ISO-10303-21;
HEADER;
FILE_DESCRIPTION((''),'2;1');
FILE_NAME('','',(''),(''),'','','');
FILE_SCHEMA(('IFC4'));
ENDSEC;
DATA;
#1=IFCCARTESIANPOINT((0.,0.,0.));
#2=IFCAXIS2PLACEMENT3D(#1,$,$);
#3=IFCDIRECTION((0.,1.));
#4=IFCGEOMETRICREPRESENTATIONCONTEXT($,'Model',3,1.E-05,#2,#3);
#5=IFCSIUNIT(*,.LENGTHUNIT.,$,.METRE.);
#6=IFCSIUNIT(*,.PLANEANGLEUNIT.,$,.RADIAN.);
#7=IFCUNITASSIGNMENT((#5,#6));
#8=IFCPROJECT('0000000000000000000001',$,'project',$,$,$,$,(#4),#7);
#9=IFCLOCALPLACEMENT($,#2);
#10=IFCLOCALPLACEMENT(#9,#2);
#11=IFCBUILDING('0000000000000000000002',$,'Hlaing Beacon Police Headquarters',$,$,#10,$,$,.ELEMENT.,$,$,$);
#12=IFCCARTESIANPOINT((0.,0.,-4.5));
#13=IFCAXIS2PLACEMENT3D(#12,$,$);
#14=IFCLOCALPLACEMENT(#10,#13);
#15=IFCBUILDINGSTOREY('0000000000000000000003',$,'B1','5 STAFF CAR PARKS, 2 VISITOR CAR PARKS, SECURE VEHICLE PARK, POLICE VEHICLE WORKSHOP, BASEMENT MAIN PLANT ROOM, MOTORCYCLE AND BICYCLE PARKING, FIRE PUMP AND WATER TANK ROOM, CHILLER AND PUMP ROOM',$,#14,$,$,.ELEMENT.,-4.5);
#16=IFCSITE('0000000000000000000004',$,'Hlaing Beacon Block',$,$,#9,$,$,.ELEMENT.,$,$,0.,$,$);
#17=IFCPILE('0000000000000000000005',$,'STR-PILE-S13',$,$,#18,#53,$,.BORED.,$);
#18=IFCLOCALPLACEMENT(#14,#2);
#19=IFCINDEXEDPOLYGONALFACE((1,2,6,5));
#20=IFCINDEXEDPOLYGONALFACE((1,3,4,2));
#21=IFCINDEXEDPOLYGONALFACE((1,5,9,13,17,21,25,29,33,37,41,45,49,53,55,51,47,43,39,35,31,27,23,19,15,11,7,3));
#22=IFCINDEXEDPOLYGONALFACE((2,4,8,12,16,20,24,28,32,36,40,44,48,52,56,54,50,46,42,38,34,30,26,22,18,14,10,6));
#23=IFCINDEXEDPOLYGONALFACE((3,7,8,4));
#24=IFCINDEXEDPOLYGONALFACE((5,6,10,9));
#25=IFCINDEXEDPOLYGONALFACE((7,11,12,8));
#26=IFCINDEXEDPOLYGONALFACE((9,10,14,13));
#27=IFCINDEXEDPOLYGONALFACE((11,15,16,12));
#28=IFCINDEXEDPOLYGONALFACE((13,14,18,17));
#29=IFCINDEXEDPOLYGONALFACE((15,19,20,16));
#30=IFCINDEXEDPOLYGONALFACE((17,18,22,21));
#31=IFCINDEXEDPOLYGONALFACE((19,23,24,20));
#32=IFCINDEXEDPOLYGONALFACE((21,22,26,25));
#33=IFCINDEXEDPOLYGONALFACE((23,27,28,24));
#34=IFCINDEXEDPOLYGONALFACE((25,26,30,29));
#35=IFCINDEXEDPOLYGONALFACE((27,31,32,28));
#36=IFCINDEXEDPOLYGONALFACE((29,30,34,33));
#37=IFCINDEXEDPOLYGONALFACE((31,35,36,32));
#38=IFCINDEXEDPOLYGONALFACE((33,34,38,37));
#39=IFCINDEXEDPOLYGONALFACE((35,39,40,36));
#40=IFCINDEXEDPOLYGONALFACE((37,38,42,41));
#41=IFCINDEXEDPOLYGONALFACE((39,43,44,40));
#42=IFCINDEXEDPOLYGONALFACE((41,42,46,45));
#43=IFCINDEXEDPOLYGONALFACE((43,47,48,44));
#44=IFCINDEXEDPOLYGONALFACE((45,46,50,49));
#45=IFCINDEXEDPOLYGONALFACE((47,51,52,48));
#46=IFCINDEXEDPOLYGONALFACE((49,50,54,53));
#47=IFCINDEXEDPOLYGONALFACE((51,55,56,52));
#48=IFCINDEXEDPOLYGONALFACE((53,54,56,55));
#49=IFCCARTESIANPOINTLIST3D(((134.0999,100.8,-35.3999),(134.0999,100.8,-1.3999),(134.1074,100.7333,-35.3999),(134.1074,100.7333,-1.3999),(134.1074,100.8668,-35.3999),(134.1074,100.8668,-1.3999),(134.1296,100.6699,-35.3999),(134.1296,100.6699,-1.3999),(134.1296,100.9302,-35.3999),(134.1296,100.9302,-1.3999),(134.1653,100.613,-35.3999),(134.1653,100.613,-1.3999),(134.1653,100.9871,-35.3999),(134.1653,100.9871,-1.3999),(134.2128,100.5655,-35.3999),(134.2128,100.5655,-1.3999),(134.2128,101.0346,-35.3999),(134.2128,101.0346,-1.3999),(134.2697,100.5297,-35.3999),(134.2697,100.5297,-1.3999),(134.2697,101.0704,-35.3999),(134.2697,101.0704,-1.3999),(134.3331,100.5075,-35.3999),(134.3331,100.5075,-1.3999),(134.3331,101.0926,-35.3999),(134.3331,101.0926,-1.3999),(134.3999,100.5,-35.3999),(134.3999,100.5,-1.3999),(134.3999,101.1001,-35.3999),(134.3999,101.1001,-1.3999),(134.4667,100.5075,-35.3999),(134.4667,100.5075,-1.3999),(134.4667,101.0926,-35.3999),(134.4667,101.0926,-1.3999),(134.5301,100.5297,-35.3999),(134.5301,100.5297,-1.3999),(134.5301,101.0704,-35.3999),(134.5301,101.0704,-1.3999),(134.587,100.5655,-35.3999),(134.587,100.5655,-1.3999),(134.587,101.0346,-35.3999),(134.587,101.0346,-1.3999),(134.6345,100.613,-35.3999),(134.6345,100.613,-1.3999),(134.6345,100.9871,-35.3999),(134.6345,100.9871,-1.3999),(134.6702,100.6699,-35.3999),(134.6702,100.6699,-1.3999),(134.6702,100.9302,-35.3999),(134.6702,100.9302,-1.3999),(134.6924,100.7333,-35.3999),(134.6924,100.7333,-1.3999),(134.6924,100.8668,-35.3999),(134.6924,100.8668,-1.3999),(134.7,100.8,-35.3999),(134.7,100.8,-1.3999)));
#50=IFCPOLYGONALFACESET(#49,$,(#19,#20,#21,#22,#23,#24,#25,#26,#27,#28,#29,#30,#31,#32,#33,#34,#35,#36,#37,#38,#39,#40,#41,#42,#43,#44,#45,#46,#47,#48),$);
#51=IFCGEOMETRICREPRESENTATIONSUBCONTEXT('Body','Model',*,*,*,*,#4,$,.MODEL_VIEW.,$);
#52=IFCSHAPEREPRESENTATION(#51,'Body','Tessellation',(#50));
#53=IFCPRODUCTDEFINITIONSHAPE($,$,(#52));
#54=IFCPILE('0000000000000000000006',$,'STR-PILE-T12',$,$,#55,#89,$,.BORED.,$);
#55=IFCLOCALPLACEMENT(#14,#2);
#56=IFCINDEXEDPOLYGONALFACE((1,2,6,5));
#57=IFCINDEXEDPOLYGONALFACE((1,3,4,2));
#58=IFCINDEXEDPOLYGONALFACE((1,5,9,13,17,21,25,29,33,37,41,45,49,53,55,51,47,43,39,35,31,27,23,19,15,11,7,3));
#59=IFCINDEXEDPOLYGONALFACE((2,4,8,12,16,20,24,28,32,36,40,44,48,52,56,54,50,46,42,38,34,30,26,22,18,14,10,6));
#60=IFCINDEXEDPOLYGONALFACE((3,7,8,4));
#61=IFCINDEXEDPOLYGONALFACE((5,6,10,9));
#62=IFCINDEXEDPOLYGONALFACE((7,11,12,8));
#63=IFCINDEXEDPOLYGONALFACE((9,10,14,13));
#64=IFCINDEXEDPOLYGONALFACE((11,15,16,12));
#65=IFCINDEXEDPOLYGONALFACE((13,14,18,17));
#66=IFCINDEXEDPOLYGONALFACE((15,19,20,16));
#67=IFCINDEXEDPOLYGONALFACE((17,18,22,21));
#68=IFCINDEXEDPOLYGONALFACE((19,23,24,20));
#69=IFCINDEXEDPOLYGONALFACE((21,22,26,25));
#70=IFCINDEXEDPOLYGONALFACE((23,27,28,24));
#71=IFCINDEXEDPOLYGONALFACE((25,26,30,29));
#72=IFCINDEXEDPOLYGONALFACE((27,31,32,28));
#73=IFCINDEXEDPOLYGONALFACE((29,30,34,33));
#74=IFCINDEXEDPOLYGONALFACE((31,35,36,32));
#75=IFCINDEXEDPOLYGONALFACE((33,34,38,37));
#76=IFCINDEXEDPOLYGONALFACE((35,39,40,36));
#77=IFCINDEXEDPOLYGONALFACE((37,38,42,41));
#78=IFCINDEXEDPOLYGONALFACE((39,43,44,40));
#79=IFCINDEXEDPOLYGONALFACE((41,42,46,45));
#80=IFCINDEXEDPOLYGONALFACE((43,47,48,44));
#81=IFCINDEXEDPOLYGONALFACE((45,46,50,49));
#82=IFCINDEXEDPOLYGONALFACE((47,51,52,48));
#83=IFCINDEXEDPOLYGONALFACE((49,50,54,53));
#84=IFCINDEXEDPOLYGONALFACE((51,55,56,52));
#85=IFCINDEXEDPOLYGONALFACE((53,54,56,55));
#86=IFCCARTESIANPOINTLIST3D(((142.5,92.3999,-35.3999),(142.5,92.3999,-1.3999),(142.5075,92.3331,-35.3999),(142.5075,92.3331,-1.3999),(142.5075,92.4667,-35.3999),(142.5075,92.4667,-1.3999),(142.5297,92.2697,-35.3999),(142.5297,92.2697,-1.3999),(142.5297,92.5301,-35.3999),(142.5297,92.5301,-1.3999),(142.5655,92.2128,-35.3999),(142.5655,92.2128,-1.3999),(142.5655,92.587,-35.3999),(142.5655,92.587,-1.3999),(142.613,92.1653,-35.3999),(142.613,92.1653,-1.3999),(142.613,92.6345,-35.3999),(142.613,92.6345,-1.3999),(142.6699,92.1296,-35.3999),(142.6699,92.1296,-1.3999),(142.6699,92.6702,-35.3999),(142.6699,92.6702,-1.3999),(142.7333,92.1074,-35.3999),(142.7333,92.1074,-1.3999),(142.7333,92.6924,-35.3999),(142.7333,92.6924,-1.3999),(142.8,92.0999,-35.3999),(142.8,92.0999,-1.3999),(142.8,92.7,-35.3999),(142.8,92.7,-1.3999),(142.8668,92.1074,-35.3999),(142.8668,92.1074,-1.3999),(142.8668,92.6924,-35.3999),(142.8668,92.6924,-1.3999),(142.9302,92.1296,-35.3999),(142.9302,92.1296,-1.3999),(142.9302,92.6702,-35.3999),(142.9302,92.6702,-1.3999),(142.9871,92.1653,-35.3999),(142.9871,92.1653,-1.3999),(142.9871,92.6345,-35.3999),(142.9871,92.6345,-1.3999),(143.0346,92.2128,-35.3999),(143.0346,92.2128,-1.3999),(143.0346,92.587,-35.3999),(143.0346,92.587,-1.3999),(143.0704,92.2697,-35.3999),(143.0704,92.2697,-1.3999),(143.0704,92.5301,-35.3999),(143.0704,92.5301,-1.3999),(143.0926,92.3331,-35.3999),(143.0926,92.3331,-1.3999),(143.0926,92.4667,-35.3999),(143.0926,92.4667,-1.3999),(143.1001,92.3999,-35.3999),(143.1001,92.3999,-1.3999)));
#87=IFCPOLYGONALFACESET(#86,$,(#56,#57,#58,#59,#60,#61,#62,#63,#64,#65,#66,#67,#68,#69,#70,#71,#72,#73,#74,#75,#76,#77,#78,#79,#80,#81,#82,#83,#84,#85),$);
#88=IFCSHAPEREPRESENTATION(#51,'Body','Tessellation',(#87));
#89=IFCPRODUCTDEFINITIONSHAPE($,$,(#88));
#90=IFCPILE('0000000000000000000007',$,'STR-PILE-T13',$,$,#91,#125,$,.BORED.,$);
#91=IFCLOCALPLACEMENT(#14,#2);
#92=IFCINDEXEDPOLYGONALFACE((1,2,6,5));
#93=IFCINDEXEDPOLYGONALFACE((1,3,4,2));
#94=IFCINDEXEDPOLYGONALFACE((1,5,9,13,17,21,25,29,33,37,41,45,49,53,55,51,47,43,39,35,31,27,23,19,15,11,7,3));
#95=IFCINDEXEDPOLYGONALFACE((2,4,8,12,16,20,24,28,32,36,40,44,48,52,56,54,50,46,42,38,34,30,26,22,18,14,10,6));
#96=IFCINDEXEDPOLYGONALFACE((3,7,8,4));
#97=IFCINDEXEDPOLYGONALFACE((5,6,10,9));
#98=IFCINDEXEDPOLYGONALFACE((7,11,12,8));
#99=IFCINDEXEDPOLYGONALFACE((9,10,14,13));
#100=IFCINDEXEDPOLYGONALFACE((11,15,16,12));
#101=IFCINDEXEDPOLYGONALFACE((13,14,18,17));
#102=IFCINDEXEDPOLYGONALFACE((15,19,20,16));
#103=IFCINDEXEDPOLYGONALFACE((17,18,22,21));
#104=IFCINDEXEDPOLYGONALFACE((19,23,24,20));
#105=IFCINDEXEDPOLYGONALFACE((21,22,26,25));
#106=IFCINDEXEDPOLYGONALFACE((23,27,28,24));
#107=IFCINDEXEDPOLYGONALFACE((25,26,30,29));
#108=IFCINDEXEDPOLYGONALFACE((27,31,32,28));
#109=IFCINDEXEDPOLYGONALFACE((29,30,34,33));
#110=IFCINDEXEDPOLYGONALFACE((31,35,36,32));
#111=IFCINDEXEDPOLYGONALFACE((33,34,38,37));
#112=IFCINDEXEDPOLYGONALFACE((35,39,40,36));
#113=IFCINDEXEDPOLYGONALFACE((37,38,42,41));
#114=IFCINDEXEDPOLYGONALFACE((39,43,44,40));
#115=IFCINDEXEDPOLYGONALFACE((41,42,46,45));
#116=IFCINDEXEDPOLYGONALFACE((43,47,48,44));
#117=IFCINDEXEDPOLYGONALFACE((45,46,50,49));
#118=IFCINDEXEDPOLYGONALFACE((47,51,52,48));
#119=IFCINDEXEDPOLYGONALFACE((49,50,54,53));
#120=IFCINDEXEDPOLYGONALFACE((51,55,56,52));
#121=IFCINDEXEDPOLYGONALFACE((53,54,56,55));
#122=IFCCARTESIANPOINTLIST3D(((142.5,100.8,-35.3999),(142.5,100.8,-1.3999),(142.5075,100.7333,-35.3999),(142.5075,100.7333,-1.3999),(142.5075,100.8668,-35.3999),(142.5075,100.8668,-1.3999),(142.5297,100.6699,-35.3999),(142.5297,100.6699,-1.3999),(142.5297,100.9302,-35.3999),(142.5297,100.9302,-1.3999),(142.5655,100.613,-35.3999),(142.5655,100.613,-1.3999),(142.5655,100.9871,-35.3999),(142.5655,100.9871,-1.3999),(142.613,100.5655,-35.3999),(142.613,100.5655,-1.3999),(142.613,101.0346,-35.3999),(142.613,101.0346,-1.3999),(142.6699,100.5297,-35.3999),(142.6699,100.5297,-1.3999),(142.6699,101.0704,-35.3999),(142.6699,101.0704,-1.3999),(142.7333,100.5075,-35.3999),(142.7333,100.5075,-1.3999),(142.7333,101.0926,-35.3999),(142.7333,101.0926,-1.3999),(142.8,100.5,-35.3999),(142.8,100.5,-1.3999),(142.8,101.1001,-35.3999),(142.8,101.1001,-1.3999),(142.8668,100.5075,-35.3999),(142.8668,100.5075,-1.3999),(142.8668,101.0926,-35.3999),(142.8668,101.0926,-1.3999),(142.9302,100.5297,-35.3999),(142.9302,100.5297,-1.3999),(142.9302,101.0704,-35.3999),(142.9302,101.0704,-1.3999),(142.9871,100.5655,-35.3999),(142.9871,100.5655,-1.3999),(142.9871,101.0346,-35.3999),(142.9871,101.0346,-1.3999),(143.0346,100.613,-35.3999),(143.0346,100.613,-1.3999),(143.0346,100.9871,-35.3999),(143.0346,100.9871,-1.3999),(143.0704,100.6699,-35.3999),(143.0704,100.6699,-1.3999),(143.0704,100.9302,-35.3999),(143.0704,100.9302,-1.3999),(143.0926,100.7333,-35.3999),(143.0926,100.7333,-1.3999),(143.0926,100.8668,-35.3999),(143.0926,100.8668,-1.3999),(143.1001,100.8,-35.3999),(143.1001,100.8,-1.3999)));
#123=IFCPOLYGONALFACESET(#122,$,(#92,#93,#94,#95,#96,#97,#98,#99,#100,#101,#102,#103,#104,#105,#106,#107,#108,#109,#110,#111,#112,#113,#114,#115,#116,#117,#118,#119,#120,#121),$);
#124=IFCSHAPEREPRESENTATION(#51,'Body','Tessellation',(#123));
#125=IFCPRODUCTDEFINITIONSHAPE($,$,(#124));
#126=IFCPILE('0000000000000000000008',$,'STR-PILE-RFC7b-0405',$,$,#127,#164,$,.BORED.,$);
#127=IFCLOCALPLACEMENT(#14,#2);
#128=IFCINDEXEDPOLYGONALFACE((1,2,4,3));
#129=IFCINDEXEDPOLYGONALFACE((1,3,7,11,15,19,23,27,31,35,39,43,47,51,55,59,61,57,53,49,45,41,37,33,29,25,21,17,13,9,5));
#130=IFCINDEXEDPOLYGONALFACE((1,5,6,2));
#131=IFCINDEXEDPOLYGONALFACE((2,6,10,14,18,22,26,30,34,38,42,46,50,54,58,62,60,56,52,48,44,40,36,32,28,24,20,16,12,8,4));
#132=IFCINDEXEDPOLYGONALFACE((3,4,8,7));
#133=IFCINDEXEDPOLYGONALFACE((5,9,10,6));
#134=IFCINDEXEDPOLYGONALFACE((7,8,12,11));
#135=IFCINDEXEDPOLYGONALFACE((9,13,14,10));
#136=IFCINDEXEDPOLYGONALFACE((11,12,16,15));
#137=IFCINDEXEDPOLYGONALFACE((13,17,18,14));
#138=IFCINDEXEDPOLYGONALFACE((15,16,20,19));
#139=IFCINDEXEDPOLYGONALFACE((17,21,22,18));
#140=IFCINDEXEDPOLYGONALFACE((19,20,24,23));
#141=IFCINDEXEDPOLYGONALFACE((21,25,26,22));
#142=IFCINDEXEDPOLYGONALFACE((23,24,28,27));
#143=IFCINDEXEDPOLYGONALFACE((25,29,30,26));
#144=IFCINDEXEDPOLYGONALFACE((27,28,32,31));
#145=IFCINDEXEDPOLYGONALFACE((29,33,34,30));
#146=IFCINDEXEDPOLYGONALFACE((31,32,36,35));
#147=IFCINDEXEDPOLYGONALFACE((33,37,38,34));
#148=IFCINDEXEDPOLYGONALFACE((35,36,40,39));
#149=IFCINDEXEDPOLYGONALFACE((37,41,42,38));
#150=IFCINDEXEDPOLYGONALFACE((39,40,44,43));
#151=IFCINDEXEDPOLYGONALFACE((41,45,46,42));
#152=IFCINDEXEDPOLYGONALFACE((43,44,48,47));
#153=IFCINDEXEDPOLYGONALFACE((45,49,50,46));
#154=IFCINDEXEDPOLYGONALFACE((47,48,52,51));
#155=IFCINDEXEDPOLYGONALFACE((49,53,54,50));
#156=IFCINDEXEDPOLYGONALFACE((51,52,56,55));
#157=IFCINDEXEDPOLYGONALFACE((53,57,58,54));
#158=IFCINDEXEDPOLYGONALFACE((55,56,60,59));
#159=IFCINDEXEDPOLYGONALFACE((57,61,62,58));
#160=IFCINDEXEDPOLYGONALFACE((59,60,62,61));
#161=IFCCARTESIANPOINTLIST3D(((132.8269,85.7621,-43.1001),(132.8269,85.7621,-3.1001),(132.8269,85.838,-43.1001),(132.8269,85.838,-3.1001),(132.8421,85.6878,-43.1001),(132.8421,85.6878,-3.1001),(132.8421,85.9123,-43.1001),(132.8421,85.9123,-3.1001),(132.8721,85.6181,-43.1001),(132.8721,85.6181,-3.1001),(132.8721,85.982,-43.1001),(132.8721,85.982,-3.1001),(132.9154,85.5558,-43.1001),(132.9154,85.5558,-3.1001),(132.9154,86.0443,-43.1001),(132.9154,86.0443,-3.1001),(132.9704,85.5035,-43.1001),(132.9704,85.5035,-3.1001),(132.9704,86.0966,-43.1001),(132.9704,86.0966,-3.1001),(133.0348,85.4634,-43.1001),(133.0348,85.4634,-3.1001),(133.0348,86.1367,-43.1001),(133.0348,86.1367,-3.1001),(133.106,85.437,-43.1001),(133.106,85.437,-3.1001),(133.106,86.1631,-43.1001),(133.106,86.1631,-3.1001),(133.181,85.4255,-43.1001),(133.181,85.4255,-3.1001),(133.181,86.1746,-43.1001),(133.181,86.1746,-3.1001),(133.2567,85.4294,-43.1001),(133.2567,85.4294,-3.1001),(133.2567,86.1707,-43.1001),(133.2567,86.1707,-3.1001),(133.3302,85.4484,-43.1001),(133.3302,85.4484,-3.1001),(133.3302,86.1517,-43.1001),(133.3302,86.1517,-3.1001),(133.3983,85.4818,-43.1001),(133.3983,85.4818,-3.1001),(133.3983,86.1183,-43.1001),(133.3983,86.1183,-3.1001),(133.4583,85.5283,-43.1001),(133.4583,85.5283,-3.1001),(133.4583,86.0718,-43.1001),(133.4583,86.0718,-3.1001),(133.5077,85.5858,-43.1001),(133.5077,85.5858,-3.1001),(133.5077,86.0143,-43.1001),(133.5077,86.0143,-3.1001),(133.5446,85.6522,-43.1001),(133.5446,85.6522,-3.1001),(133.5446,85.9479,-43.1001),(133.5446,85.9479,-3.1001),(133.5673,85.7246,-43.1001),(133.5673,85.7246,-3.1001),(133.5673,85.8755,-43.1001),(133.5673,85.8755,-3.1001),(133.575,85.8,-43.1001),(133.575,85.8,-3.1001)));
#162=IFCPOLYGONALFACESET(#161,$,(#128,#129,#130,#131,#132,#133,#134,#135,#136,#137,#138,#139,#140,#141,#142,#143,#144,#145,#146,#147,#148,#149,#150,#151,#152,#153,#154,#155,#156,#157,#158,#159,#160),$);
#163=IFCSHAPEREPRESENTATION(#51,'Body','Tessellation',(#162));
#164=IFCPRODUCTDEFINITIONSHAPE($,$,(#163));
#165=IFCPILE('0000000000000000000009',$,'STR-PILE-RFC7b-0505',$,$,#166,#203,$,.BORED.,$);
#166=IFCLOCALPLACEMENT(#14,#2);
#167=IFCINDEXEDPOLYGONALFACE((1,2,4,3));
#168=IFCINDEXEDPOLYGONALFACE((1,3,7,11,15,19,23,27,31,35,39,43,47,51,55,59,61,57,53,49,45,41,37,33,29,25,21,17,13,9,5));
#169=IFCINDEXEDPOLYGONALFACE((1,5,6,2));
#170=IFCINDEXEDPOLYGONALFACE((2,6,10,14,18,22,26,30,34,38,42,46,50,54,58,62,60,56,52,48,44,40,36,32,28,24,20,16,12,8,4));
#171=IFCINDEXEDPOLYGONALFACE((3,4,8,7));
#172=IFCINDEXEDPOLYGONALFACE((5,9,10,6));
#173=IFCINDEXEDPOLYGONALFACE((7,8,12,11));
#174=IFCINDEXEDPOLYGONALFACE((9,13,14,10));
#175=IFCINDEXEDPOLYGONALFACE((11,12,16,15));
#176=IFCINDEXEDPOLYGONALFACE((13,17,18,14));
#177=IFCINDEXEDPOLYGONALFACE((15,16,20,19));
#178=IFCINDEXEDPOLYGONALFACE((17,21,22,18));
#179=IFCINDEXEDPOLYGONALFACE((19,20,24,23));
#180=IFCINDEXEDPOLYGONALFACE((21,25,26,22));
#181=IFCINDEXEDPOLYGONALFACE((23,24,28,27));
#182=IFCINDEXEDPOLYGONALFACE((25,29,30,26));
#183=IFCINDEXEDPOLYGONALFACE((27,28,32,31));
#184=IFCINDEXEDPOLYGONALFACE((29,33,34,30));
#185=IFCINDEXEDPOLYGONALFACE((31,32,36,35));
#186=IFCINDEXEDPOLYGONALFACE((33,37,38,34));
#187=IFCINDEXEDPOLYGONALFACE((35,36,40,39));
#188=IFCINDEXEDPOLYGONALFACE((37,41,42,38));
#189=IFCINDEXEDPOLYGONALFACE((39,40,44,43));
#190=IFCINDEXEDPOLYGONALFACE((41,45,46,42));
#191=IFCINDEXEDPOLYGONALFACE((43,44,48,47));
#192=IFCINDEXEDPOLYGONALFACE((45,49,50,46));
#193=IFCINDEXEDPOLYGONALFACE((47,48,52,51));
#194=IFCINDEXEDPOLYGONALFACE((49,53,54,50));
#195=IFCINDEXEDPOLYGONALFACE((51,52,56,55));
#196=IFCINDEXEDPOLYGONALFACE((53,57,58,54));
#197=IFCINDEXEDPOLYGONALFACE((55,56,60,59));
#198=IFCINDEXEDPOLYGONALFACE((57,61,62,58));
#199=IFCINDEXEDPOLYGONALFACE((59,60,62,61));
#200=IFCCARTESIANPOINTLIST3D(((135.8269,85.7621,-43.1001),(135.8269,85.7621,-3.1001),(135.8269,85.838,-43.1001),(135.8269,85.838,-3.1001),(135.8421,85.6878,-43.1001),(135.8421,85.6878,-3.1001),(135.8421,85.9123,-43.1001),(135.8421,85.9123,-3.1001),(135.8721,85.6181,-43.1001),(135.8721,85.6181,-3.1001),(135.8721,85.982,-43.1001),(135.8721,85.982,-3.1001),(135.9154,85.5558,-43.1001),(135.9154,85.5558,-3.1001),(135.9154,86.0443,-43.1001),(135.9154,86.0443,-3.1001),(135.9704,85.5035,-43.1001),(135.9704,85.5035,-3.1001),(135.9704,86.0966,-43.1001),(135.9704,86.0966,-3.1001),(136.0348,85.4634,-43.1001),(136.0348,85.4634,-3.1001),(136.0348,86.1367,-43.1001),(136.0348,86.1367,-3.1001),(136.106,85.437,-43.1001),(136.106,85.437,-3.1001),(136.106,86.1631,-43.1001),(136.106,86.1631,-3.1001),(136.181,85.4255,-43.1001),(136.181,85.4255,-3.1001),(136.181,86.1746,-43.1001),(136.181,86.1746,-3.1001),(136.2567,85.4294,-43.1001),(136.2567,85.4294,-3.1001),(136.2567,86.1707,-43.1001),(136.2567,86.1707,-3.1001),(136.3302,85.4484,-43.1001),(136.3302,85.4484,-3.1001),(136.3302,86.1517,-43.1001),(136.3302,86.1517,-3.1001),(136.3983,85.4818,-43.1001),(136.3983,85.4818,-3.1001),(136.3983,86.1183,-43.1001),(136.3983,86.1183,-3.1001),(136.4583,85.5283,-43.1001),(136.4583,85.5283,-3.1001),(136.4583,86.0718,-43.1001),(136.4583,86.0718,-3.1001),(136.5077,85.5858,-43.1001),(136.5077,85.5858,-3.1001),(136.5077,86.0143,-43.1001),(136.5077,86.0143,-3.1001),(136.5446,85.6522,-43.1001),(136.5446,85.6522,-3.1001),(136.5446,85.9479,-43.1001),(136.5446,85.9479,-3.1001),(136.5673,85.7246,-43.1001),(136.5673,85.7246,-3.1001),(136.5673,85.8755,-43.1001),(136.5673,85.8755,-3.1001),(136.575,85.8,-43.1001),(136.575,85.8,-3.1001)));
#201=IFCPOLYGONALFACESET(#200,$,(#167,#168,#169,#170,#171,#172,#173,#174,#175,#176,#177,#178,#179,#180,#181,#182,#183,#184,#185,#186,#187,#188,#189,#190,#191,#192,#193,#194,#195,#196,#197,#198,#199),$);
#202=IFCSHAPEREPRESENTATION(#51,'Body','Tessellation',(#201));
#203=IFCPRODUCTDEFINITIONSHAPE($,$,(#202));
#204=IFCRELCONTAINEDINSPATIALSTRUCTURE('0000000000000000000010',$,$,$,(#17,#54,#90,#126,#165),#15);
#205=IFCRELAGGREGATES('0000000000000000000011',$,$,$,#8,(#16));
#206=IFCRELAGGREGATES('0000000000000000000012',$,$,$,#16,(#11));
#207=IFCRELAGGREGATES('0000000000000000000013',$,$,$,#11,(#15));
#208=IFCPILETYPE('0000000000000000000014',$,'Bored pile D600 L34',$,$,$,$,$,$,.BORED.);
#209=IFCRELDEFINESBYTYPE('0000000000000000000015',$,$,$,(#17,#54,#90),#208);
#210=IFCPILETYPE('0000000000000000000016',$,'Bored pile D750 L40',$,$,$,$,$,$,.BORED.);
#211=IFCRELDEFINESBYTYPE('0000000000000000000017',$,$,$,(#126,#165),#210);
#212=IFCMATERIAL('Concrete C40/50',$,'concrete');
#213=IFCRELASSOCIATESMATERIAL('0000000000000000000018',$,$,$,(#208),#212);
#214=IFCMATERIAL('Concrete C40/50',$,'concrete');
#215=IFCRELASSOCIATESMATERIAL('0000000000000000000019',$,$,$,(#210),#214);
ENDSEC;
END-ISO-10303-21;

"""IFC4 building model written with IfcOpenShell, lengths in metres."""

from ifc_helpers import new_model, si_unit, direction, frame, origin, origin_2d, place, context, subcontext, project, spatial, circle, extrude, material, material_profile, profile_set, type_object, element, save


model = new_model("IFC4")

# Units and contexts
model_context = context("Model", 3, precision=1e-05, world=origin(), true_north=direction((0.0, 1.0)))
body_context = subcontext(model_context, "Body", "Model", "MODEL_VIEW")
ifc_project = project(units=[si_unit("LENGTHUNIT", "METRE"), si_unit("PLANEANGLEUNIT", "RADIAN")], contexts=[model_context])

# Site, building, storey
site_placement = place(None, origin())
site = spatial("IfcSite", under=ifc_project, at=site_placement, Name="Hlaing Beacon Block", CompositionType="ELEMENT", RefElevation=0.0)
building_placement = place(site_placement, origin())
building = spatial("IfcBuilding", under=site, at=building_placement, Name="Hlaing Beacon Police Headquarters", CompositionType="ELEMENT")
storey_placement = place(building_placement, frame((0.0, 0.0, -4.5)))
storey = spatial("IfcBuildingStorey", under=building, at=storey_placement, Name="B1", Description="5 STAFF CAR PARKS, 2 VISITOR CAR PARKS, SECURE VEHICLE PARK, POLICE VEHICLE WORKSHOP, BASEMENT MAIN PLANT ROOM, MOTORCYCLE AND BICYCLE PARKING, FIRE PUMP AND WATER TANK ROOM, CHILLER AND PUMP ROOM", CompositionType="ELEMENT", Elevation=-4.5)

# Piles
ifc_material_1 = material(Name="Concrete C40/50", Category="concrete")
ifc_material_profile_1 = material_profile(ifc_material_1, circle(Radius=0.3, at=origin_2d()), Name="D600")
ifc_profile_set_1 = profile_set([ifc_material_profile_1], Name="Concrete C40/50")
pile_type_1 = type_object("IfcPileType", Name="Bored pile D600 L34", PredefinedType="BORED", material=ifc_profile_set_1)
for number, where, z_axis, x_axis, name in (
    (1, (134.3999, 100.8, -1.3999), (0.0, 0.0, -1.0), (1.0, 0.0, 0.0), "STR-PILE-S13"),
    (2, (142.8, 92.3999, -1.3999), (0.0, 0.0, -1.0), (1.0, 0.0, 0.0), "STR-PILE-T12"),
    (3, (142.8, 100.8, -1.3999), (0.0, 0.0, -1.0), (1.0, 0.0, 0.0), "STR-PILE-T13"),
):
    element("IfcPile", number, at=place(storey_placement, frame(where, z_axis=z_axis, x_axis=x_axis)), inside=storey, type_object=pile_type_1, Name=name, PredefinedType="BORED", context=body_context, shape_type="SweptSolid", body=[
        extrude(circle(Radius=0.3, at=origin_2d()), origin(), (0.0, 0.0, 1.0), 34.0),
    ])
ifc_material_2 = material(Name="Concrete C40/50", Category="concrete")
ifc_material_profile_2 = material_profile(ifc_material_2, circle(Radius=0.375, at=origin_2d()), Name="D750")
ifc_profile_set_2 = profile_set([ifc_material_profile_2], Name="Concrete C40/50")
pile_type_2 = type_object("IfcPileType", Name="Bored pile D750 L40", PredefinedType="BORED", material=ifc_profile_set_2)
for number, where, z_axis, x_axis, name in (
    (4, (133.2, 85.8, -3.1001), (0.0, 0.0, -1.0), (1.0, 0.0, 0.0), "STR-PILE-RFC7b-0405"),
    (5, (136.2, 85.8, -3.1001), (0.0, 0.0, -1.0), (1.0, 0.0, 0.0), "STR-PILE-RFC7b-0505"),
):
    element("IfcPile", number, at=place(storey_placement, frame(where, z_axis=z_axis, x_axis=x_axis)), inside=storey, type_object=pile_type_2, Name=name, PredefinedType="BORED", context=body_context, shape_type="SweptSolid", body=[
        extrude(circle(Radius=0.375, at=origin_2d()), origin(), (0.0, 0.0, 1.0), 40.0),
    ])

save(model, "model.ifc")
